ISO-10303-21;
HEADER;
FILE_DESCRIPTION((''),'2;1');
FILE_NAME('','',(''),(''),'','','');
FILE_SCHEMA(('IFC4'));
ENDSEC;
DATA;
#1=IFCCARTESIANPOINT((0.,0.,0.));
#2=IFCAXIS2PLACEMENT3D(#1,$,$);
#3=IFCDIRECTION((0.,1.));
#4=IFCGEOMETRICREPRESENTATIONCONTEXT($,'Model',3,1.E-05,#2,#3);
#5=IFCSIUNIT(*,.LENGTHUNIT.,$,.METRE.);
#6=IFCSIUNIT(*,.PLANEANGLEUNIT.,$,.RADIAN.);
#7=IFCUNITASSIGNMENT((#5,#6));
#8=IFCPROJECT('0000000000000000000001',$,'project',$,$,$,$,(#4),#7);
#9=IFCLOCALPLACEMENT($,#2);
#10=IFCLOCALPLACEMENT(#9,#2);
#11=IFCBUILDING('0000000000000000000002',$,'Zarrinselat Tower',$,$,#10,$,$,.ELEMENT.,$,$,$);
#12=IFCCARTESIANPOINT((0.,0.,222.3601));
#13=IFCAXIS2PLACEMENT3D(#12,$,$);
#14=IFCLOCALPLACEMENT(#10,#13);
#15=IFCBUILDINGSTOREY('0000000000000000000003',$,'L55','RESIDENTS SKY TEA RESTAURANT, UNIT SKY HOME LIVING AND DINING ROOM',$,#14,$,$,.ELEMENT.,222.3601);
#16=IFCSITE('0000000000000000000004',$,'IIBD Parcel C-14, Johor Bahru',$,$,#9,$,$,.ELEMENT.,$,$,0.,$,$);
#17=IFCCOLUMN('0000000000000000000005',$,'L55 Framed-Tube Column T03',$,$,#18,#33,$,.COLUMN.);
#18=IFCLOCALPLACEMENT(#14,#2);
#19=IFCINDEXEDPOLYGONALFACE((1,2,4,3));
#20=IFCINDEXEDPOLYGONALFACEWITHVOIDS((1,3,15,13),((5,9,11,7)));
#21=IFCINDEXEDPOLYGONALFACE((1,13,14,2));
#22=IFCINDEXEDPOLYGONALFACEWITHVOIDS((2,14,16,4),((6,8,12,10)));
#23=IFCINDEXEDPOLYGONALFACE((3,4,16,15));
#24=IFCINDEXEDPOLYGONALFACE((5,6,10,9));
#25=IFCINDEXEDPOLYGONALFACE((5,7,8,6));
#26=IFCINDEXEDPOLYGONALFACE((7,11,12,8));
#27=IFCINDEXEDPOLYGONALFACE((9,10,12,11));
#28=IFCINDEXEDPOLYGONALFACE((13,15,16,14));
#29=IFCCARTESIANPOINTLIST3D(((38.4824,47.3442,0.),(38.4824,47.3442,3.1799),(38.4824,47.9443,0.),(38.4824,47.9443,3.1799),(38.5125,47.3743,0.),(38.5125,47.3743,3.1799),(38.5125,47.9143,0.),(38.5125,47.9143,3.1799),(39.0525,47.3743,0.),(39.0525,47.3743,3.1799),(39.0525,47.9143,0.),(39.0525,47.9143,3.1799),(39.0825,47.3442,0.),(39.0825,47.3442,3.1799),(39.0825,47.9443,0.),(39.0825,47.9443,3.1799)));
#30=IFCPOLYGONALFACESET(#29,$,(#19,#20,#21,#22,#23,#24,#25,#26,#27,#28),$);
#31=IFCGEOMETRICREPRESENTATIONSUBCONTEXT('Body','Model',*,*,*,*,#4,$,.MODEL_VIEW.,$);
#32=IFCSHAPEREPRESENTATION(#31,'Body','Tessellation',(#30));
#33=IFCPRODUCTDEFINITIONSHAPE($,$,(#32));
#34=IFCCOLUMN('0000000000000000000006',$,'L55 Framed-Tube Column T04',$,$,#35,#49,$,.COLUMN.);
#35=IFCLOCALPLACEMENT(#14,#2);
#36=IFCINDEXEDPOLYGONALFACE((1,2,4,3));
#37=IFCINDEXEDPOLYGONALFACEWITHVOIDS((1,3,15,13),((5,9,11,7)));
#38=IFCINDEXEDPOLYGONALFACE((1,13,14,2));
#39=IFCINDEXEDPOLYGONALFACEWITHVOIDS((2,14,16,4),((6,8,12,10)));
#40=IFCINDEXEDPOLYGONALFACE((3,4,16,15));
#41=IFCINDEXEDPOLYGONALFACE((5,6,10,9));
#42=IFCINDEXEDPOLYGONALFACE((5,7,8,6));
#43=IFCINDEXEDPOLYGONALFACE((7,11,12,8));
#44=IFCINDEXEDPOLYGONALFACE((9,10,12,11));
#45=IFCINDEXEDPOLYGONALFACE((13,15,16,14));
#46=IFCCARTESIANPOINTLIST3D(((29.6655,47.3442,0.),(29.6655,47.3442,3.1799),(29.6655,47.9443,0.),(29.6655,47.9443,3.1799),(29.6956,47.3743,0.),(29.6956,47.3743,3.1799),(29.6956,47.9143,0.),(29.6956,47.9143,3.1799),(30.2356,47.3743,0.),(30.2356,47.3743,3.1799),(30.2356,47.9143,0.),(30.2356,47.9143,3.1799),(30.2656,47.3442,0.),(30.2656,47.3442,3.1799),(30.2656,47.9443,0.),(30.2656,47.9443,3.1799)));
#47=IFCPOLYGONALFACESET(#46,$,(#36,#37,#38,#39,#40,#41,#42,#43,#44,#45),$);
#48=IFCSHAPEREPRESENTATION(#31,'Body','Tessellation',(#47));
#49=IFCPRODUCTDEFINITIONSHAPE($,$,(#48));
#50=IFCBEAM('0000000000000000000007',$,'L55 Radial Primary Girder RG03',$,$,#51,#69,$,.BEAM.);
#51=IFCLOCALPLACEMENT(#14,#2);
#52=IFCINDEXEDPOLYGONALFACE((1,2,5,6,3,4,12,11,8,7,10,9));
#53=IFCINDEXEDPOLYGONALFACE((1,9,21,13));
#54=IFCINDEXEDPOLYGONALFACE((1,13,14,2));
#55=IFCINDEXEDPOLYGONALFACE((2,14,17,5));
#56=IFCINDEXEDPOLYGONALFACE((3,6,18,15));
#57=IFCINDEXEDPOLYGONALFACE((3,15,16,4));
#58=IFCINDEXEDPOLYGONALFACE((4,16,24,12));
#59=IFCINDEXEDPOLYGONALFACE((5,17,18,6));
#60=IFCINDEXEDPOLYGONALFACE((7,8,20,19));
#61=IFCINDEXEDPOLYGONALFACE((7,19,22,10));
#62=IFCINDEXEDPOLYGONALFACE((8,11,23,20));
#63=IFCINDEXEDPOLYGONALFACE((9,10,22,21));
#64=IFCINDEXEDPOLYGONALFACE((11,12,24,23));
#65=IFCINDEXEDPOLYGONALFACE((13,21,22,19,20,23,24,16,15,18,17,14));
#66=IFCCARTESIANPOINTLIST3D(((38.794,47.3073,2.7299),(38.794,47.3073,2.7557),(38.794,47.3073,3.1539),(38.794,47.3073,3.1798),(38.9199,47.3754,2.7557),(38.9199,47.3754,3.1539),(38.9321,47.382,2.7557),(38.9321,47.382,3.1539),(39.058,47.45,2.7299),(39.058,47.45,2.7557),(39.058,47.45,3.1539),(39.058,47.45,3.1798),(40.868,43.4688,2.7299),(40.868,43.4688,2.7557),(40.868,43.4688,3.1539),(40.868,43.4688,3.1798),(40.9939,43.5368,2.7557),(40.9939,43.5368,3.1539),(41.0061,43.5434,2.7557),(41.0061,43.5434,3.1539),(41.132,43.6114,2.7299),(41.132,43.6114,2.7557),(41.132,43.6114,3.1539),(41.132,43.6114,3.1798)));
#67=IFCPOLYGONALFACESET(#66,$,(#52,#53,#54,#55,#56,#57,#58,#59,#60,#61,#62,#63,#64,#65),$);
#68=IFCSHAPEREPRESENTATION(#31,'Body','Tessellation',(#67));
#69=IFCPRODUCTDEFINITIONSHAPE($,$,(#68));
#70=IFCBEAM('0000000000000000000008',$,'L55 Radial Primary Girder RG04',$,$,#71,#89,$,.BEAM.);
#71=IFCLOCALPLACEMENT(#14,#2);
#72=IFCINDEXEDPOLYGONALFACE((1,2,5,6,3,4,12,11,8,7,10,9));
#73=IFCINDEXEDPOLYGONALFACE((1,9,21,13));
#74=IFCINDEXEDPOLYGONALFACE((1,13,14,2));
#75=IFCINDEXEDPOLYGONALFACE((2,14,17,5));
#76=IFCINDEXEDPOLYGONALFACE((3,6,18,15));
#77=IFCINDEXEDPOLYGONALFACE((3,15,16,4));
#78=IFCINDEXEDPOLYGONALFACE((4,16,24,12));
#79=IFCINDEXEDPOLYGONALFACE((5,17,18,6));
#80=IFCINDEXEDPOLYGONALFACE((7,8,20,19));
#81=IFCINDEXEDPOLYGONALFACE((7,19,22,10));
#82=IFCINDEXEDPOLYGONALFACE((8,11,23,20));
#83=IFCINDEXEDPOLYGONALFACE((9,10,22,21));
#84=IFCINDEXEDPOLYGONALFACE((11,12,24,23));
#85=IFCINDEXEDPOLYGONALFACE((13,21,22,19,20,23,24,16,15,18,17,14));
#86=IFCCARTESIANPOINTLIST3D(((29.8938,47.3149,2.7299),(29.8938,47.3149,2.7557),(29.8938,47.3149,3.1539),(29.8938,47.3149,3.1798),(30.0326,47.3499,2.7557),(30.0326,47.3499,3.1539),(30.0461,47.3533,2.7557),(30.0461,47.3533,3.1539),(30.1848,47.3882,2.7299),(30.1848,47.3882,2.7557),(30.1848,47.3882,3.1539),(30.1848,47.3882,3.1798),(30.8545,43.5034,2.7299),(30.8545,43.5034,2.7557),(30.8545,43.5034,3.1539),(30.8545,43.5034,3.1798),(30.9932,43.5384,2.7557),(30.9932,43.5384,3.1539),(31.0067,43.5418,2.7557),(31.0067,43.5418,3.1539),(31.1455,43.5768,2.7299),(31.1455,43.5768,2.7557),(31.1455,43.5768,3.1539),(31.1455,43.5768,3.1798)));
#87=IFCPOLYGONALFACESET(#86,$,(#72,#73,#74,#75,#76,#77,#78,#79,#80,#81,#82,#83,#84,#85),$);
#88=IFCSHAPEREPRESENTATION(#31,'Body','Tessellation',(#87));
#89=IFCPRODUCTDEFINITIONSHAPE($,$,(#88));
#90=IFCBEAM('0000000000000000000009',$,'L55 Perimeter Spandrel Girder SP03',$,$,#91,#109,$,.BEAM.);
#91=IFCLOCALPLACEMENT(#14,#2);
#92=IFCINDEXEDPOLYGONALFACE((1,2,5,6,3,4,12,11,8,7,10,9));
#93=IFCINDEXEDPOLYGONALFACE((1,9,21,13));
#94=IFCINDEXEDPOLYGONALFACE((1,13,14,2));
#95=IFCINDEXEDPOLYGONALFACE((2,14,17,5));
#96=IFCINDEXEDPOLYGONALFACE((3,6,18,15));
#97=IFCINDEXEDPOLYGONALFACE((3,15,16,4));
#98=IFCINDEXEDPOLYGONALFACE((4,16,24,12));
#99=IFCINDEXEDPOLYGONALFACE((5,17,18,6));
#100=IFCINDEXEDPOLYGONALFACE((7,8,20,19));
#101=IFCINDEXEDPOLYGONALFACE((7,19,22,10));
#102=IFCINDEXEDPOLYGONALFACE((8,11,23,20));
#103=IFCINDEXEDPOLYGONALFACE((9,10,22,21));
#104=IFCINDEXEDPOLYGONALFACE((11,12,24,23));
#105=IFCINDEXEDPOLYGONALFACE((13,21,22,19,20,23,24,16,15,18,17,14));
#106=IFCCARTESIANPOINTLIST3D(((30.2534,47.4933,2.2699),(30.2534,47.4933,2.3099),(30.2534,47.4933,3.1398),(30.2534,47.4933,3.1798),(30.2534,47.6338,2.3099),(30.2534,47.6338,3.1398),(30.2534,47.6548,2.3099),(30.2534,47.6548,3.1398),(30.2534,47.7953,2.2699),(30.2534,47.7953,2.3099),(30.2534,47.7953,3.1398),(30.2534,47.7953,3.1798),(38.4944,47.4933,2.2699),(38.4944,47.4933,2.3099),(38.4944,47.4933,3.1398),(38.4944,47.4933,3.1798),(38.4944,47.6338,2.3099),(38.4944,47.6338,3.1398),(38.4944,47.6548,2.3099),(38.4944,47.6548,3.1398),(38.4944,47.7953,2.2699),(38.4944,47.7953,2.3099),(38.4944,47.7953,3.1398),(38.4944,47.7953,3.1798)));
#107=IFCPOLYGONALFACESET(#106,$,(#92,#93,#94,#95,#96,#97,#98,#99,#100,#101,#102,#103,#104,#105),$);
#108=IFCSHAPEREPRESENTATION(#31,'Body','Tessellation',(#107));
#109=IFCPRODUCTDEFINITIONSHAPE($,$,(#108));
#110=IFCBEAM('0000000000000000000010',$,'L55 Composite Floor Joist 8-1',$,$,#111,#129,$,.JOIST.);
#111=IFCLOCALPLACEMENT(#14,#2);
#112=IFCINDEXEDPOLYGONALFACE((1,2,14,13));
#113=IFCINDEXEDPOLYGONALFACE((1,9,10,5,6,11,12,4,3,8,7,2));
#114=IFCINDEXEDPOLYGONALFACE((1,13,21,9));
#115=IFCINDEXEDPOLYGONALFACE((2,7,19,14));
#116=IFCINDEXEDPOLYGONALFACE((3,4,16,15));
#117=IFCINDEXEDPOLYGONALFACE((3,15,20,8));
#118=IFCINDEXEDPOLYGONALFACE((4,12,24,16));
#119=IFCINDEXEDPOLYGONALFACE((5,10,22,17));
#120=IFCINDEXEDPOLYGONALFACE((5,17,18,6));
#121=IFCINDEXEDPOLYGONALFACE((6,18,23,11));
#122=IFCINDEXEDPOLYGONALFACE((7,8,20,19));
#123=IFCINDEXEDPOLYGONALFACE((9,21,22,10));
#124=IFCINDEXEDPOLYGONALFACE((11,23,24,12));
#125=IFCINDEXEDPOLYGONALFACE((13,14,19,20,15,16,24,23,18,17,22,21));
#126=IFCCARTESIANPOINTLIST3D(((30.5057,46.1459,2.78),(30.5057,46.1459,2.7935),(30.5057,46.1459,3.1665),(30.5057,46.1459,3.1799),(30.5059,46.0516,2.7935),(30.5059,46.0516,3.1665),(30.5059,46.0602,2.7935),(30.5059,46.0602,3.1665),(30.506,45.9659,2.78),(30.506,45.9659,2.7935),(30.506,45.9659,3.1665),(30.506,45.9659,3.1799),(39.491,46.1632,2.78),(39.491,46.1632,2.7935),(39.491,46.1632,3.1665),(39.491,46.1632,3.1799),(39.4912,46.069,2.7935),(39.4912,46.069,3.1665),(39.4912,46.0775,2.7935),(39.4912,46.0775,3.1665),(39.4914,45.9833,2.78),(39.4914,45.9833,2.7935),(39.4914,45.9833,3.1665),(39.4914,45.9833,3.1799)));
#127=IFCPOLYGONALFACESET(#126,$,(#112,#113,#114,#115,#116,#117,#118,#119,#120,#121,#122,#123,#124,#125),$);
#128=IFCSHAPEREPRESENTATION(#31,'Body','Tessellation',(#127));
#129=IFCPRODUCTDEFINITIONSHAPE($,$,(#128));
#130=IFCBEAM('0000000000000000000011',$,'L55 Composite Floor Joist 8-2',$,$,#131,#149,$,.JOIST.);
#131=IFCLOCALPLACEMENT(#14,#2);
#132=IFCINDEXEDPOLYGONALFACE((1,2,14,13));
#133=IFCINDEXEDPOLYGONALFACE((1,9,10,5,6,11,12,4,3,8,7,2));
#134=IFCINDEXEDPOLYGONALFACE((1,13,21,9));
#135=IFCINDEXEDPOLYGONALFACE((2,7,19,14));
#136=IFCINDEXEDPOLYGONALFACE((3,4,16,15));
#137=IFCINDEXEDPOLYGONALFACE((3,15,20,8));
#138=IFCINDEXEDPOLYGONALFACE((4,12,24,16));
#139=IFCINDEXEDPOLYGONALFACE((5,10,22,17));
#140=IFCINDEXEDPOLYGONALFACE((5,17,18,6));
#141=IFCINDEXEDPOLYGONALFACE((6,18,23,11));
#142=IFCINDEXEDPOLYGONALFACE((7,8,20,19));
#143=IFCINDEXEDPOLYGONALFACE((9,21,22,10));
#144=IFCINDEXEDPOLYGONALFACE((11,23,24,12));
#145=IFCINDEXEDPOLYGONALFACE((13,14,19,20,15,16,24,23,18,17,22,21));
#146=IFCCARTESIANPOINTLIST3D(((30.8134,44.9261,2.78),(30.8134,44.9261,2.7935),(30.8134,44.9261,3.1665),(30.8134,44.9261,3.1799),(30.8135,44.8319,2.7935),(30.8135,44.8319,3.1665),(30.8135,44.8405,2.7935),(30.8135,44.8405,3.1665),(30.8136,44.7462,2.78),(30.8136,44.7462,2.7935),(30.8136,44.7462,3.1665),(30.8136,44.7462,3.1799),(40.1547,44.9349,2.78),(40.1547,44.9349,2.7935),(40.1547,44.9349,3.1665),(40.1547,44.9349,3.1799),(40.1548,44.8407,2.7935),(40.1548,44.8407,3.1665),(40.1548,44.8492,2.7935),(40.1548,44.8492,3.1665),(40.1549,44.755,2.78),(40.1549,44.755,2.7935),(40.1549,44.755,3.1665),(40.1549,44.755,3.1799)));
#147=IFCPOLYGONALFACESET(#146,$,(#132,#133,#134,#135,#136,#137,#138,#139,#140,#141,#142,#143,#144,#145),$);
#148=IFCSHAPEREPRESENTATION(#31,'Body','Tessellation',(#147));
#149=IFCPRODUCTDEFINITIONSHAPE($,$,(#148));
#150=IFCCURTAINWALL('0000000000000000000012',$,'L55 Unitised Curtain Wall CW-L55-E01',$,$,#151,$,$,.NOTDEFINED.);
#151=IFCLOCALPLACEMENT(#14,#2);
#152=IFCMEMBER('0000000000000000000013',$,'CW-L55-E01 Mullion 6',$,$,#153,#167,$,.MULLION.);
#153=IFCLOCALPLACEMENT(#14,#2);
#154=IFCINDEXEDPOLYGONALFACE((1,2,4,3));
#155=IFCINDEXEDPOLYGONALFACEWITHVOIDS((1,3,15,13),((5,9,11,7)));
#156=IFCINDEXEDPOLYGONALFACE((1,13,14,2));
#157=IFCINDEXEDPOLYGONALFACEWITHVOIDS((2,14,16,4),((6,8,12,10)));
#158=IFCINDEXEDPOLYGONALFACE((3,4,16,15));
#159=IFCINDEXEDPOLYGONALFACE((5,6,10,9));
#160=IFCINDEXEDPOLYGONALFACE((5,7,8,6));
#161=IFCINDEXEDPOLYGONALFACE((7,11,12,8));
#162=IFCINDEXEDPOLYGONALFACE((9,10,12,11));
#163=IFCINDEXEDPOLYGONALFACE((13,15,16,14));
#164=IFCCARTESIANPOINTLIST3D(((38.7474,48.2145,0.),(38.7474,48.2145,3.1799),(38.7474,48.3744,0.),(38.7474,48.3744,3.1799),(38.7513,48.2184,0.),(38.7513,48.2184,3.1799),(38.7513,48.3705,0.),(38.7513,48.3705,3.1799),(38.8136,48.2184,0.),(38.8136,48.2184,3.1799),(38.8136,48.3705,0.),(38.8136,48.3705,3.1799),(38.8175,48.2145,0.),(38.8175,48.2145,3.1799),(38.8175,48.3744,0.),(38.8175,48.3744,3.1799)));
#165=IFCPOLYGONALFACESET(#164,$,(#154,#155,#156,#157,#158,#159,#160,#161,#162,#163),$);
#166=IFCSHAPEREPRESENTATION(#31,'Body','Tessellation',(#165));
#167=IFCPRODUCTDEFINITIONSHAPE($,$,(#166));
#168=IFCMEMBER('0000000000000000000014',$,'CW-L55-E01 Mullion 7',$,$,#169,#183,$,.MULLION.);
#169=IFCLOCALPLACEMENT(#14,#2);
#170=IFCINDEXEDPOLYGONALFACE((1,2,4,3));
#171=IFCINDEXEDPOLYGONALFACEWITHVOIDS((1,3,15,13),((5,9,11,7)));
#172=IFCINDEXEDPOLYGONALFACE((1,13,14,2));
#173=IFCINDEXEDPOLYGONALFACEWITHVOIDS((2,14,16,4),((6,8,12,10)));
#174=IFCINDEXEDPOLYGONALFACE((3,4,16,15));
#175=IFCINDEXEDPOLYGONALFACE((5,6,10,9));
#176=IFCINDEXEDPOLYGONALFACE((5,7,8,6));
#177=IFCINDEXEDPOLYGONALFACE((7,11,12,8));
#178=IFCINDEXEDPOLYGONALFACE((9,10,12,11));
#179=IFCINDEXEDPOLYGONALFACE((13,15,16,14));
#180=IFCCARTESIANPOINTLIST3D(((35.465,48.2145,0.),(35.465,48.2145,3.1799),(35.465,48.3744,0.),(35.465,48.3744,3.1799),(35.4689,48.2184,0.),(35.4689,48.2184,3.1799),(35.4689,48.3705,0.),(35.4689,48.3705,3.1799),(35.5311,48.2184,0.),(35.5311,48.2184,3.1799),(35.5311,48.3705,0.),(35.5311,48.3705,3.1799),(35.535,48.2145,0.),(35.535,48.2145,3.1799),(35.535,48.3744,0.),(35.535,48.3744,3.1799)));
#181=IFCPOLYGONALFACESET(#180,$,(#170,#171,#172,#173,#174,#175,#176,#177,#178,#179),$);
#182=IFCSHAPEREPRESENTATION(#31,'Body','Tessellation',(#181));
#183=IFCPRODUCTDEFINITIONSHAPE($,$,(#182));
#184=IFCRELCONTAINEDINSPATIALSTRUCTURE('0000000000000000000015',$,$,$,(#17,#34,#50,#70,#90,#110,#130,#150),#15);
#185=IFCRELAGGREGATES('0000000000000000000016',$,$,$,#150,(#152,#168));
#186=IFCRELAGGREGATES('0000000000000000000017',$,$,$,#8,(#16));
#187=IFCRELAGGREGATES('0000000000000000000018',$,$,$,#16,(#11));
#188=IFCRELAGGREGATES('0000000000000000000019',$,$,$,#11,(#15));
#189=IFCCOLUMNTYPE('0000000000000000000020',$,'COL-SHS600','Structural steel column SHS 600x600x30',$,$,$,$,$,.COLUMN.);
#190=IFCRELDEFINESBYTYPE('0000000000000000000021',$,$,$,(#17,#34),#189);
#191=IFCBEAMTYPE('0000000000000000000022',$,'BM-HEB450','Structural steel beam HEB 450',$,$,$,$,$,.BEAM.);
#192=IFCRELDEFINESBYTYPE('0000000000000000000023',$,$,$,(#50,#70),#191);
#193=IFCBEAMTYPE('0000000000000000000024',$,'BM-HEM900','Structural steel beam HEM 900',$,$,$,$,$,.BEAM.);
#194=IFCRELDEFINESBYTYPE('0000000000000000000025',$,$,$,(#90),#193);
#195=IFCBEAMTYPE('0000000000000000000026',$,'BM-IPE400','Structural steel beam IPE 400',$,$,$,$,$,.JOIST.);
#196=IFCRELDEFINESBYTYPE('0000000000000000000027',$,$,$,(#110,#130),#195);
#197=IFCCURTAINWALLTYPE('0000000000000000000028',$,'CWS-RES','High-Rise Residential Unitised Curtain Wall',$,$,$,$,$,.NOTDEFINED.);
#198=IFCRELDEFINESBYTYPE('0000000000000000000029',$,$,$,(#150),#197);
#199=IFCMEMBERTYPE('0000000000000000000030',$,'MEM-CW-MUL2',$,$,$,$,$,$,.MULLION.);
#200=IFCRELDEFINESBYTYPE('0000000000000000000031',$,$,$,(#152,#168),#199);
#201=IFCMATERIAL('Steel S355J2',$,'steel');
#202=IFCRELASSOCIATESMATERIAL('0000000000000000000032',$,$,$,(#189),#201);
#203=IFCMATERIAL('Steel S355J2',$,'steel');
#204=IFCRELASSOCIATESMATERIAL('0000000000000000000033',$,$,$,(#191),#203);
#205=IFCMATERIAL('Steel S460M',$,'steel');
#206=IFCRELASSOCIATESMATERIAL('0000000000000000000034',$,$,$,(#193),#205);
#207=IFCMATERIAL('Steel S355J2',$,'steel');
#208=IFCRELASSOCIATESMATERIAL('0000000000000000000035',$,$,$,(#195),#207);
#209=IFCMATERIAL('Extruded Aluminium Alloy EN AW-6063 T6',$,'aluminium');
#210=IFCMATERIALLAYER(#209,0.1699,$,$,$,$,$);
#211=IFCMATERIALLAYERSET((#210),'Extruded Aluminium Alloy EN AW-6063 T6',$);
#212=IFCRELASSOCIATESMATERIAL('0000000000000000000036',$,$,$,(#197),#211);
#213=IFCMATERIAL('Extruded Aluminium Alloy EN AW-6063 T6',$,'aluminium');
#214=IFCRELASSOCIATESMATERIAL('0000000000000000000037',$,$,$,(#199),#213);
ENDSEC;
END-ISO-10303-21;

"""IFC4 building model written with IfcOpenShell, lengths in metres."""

from ifc_helpers import new_model, si_unit, direction, frame, origin, origin_2d, place, context, subcontext, project, spatial, hollow_rectangle, i_section, extrude, material, layer, layer_set, material_profile, profile_set, type_object, element, aggregate, save


model = new_model("IFC4")

# Units and contexts
model_context = context("Model", 3, precision=1e-05, world=origin(), true_north=direction((0.0, 1.0)))
body_context = subcontext(model_context, "Body", "Model", "MODEL_VIEW")
ifc_project = project(units=[si_unit("LENGTHUNIT", "METRE"), si_unit("PLANEANGLEUNIT", "RADIAN")], contexts=[model_context])

# Site, building, storey
site_placement = place(None, origin())
site = spatial("IfcSite", under=ifc_project, at=site_placement, Name="IIBD Parcel C-14, Johor Bahru", CompositionType="ELEMENT", RefElevation=0.0)
building_placement = place(site_placement, origin())
building = spatial("IfcBuilding", under=site, at=building_placement, Name="Zarrinselat Tower", CompositionType="ELEMENT")
storey_placement = place(building_placement, frame((0.0, 0.0, 222.3601)))
storey = spatial("IfcBuildingStorey", under=building, at=storey_placement, Name="L55", Description="RESIDENTS SKY TEA RESTAURANT, UNIT SKY HOME LIVING AND DINING ROOM", CompositionType="ELEMENT", Elevation=222.3601)

# Columns
ifc_material_1 = material(Name="Steel S355J2", Category="steel")
ifc_material_profile_1 = material_profile(ifc_material_1, hollow_rectangle(XDim=0.6001, YDim=0.6001, WallThickness=0.03, at=origin_2d()), Name="SHS 600x600x30")
ifc_profile_set_1 = profile_set([ifc_material_profile_1], Name="Steel S355J2")
column_type = type_object("IfcColumnType", Name="COL-SHS600", Description="Structural steel column SHS 600x600x30", PredefinedType="COLUMN", material=ifc_profile_set_1)
for number, where, z_axis, x_axis, name in (
    (1, (38.7825, 47.6443, 0.0), (0.0, 0.0, 1.0), (1.0, 0.0, 0.0), "L55 Framed-Tube Column T03"),
    (2, (29.9656, 47.6443, 0.0), (0.0, 0.0, 1.0), (1.0, 0.0, 0.0), "L55 Framed-Tube Column T04"),
):
    element("IfcColumn", number, at=place(storey_placement, frame(where, z_axis=z_axis, x_axis=x_axis)), inside=storey, type_object=column_type, Name=name, PredefinedType="COLUMN", context=body_context, shape_type="SweptSolid", body=[
        extrude(hollow_rectangle(XDim=0.6001, YDim=0.6001, WallThickness=0.03, at=origin_2d()), origin(), (0.0, 0.0, 1.0), 3.1799),
    ])

# Beams
ifc_material_2 = material(Name="Steel S355J2", Category="steel")
ifc_material_profile_2 = material_profile(ifc_material_2, i_section(OverallWidth=0.3, OverallDepth=0.45, WebThickness=0.0139, FlangeThickness=0.0259, at=origin_2d()), Name="HEB 450")
ifc_profile_set_2 = profile_set([ifc_material_profile_2], Name="Steel S355J2")
beam_type_1 = type_object("IfcBeamType", Name="BM-HEB450", Description="Structural steel beam HEB 450", PredefinedType="BEAM", material=ifc_profile_set_2)
beam_1_placement = place(storey_placement, frame((38.926, 47.3787, 2.9548), z_axis=(0.475347, -0.879798, 0.0), x_axis=(0.879798, 0.475347, 0.0)))
element("IfcBeam", 3, at=beam_1_placement, inside=storey, type_object=beam_type_1, Name="L55 Radial Primary Girder RG03", PredefinedType="BEAM", context=body_context, shape_type="SweptSolid", body=[
    extrude(i_section(OverallWidth=0.3, OverallDepth=0.45, WebThickness=0.0139, FlangeThickness=0.0259, at=origin_2d()), origin(), (0.0, 0.0, 1.0), 4.363),
])
beam_2_placement = place(storey_placement, frame((30.0393, 47.3516, 2.9548), z_axis=(0.244406, -0.969673, 0.0), x_axis=(0.969673, 0.244406, 0.0)))
element("IfcBeam", 4, at=beam_2_placement, inside=storey, type_object=beam_type_1, Name="L55 Radial Primary Girder RG04", PredefinedType="BEAM", context=body_context, shape_type="SweptSolid", body=[
    extrude(i_section(OverallWidth=0.3, OverallDepth=0.45, WebThickness=0.0139, FlangeThickness=0.0259, at=origin_2d()), origin(), (0.0, 0.0, 1.0), 3.9307),
])
ifc_material_3 = material(Name="Steel S460M", Category="steel")
ifc_material_profile_3 = material_profile(ifc_material_3, i_section(OverallWidth=0.302, OverallDepth=0.9099, WebThickness=0.021, FlangeThickness=0.04, at=origin_2d()), Name="HEM 900")
ifc_profile_set_3 = profile_set([ifc_material_profile_3], Name="Steel S460M")
beam_type_2 = type_object("IfcBeamType", Name="BM-HEM900", Description="Structural steel beam HEM 900", PredefinedType="BEAM", material=ifc_profile_set_3)
beam_3_placement = place(storey_placement, frame((30.2534, 47.6443, 2.7249), z_axis=(1.0, 0.0, 0.0), x_axis=(0.0, 1.0, 0.0)))
element("IfcBeam", 5, at=beam_3_placement, inside=storey, type_object=beam_type_2, Name="L55 Perimeter Spandrel Girder SP03", PredefinedType="BEAM", context=body_context, shape_type="SweptSolid", body=[
    extrude(i_section(OverallWidth=0.302, OverallDepth=0.9099, WebThickness=0.021, FlangeThickness=0.04, at=origin_2d()), origin(), (0.0, 0.0, 1.0), 8.241),
])
ifc_material_4 = material(Name="Steel S355J2", Category="steel")
ifc_material_profile_4 = material_profile(ifc_material_4, i_section(OverallWidth=0.1799, OverallDepth=0.3999, WebThickness=0.0085, FlangeThickness=0.0134, at=origin_2d()), Name="IPE 400")
ifc_profile_set_4 = profile_set([ifc_material_profile_4], Name="Steel S355J2")
beam_type_3 = type_object("IfcBeamType", Name="BM-IPE400", Description="Structural steel beam IPE 400", PredefinedType="JOIST", material=ifc_profile_set_4)
beam_4_placement = place(storey_placement, frame((30.5059, 46.0559, 2.98), z_axis=(0.999998, 0.001929, 0.0), x_axis=(-0.001929, 0.999998, 0.0)))
element("IfcBeam", 6, at=beam_4_placement, inside=storey, type_object=beam_type_3, Name="L55 Composite Floor Joist 8-1", PredefinedType="JOIST", context=body_context, shape_type="SweptSolid", body=[
    extrude(i_section(OverallWidth=0.1799, OverallDepth=0.3999, WebThickness=0.0085, FlangeThickness=0.0134, at=origin_2d()), origin(), (0.0, 0.0, 1.0), 8.9854),
])
beam_5_placement = place(storey_placement, frame((30.8135, 44.8362, 2.98), z_axis=(1.0, 0.000941, 0.0), x_axis=(-0.000941, 1.0, 0.0)))
element("IfcBeam", 7, at=beam_5_placement, inside=storey, type_object=beam_type_3, Name="L55 Composite Floor Joist 8-2", PredefinedType="JOIST", context=body_context, shape_type="SweptSolid", body=[
    extrude(i_section(OverallWidth=0.1799, OverallDepth=0.3999, WebThickness=0.0085, FlangeThickness=0.0134, at=origin_2d()), origin(), (0.0, 0.0, 1.0), 9.3413),
])

# Curtain wall, members
ifc_material_5 = material(Name="Extruded Aluminium Alloy EN AW-6063 T6", Category="aluminium")
ifc_layer_1 = layer(ifc_material_5, 0.1699)
ifc_layer_set_1 = layer_set([ifc_layer_1], Name="Extruded Aluminium Alloy EN AW-6063 T6")
curtain_wall_type = type_object("IfcCurtainWallType", Name="CWS-RES", Description="High-Rise Residential Unitised Curtain Wall", PredefinedType="NOTDEFINED", material=ifc_layer_set_1)
curtain_wall_placement = place(storey_placement, origin())
curtain_wall = element("IfcCurtainWall", 8, at=curtain_wall_placement, inside=storey, type_object=curtain_wall_type, Name="L55 Unitised Curtain Wall CW-L55-E01", PredefinedType="NOTDEFINED")
ifc_material_6 = material(Name="Extruded Aluminium Alloy EN AW-6063 T6", Category="aluminium")
ifc_material_profile_5 = material_profile(ifc_material_6, hollow_rectangle(XDim=0.0701, YDim=0.1599, WallThickness=0.0039, at=origin_2d()), Name="RHS 160x70x4")
ifc_profile_set_5 = profile_set([ifc_material_profile_5], Name="Extruded Aluminium Alloy EN AW-6063 T6")
member_type_1 = type_object("IfcMemberType", Name="MEM-CW-MUL2", PredefinedType="MULLION", material=ifc_profile_set_5)
member_1_placement = place(storey_placement, frame((38.7825, 48.2944, 0.0), z_axis=(0.0, 0.0, 1.0), x_axis=(-1.0, 0.0, 0.0)))
member_1 = element("IfcMember", 9, at=member_1_placement, type_object=member_type_1, Name="CW-L55-E01 Mullion 6", PredefinedType="MULLION", context=body_context, shape_type="SweptSolid", body=[
    extrude(hollow_rectangle(XDim=0.0701, YDim=0.1599, WallThickness=0.0039, at=origin_2d()), origin(), (0.0, 0.0, 1.0), 3.1799),
])
member_2_placement = place(storey_placement, frame((35.5, 48.2944, 0.0), z_axis=(0.0, 0.0, 1.0), x_axis=(-1.0, 0.0, 0.0)))
member_2 = element("IfcMember", 10, at=member_2_placement, type_object=member_type_1, Name="CW-L55-E01 Mullion 7", PredefinedType="MULLION", context=body_context, shape_type="SweptSolid", body=[
    extrude(hollow_rectangle(XDim=0.0701, YDim=0.1599, WallThickness=0.0039, at=origin_2d()), origin(), (0.0, 0.0, 1.0), 3.1799),
])
aggregate(curtain_wall, [member_1, member_2])

save(model, "model.ifc")
